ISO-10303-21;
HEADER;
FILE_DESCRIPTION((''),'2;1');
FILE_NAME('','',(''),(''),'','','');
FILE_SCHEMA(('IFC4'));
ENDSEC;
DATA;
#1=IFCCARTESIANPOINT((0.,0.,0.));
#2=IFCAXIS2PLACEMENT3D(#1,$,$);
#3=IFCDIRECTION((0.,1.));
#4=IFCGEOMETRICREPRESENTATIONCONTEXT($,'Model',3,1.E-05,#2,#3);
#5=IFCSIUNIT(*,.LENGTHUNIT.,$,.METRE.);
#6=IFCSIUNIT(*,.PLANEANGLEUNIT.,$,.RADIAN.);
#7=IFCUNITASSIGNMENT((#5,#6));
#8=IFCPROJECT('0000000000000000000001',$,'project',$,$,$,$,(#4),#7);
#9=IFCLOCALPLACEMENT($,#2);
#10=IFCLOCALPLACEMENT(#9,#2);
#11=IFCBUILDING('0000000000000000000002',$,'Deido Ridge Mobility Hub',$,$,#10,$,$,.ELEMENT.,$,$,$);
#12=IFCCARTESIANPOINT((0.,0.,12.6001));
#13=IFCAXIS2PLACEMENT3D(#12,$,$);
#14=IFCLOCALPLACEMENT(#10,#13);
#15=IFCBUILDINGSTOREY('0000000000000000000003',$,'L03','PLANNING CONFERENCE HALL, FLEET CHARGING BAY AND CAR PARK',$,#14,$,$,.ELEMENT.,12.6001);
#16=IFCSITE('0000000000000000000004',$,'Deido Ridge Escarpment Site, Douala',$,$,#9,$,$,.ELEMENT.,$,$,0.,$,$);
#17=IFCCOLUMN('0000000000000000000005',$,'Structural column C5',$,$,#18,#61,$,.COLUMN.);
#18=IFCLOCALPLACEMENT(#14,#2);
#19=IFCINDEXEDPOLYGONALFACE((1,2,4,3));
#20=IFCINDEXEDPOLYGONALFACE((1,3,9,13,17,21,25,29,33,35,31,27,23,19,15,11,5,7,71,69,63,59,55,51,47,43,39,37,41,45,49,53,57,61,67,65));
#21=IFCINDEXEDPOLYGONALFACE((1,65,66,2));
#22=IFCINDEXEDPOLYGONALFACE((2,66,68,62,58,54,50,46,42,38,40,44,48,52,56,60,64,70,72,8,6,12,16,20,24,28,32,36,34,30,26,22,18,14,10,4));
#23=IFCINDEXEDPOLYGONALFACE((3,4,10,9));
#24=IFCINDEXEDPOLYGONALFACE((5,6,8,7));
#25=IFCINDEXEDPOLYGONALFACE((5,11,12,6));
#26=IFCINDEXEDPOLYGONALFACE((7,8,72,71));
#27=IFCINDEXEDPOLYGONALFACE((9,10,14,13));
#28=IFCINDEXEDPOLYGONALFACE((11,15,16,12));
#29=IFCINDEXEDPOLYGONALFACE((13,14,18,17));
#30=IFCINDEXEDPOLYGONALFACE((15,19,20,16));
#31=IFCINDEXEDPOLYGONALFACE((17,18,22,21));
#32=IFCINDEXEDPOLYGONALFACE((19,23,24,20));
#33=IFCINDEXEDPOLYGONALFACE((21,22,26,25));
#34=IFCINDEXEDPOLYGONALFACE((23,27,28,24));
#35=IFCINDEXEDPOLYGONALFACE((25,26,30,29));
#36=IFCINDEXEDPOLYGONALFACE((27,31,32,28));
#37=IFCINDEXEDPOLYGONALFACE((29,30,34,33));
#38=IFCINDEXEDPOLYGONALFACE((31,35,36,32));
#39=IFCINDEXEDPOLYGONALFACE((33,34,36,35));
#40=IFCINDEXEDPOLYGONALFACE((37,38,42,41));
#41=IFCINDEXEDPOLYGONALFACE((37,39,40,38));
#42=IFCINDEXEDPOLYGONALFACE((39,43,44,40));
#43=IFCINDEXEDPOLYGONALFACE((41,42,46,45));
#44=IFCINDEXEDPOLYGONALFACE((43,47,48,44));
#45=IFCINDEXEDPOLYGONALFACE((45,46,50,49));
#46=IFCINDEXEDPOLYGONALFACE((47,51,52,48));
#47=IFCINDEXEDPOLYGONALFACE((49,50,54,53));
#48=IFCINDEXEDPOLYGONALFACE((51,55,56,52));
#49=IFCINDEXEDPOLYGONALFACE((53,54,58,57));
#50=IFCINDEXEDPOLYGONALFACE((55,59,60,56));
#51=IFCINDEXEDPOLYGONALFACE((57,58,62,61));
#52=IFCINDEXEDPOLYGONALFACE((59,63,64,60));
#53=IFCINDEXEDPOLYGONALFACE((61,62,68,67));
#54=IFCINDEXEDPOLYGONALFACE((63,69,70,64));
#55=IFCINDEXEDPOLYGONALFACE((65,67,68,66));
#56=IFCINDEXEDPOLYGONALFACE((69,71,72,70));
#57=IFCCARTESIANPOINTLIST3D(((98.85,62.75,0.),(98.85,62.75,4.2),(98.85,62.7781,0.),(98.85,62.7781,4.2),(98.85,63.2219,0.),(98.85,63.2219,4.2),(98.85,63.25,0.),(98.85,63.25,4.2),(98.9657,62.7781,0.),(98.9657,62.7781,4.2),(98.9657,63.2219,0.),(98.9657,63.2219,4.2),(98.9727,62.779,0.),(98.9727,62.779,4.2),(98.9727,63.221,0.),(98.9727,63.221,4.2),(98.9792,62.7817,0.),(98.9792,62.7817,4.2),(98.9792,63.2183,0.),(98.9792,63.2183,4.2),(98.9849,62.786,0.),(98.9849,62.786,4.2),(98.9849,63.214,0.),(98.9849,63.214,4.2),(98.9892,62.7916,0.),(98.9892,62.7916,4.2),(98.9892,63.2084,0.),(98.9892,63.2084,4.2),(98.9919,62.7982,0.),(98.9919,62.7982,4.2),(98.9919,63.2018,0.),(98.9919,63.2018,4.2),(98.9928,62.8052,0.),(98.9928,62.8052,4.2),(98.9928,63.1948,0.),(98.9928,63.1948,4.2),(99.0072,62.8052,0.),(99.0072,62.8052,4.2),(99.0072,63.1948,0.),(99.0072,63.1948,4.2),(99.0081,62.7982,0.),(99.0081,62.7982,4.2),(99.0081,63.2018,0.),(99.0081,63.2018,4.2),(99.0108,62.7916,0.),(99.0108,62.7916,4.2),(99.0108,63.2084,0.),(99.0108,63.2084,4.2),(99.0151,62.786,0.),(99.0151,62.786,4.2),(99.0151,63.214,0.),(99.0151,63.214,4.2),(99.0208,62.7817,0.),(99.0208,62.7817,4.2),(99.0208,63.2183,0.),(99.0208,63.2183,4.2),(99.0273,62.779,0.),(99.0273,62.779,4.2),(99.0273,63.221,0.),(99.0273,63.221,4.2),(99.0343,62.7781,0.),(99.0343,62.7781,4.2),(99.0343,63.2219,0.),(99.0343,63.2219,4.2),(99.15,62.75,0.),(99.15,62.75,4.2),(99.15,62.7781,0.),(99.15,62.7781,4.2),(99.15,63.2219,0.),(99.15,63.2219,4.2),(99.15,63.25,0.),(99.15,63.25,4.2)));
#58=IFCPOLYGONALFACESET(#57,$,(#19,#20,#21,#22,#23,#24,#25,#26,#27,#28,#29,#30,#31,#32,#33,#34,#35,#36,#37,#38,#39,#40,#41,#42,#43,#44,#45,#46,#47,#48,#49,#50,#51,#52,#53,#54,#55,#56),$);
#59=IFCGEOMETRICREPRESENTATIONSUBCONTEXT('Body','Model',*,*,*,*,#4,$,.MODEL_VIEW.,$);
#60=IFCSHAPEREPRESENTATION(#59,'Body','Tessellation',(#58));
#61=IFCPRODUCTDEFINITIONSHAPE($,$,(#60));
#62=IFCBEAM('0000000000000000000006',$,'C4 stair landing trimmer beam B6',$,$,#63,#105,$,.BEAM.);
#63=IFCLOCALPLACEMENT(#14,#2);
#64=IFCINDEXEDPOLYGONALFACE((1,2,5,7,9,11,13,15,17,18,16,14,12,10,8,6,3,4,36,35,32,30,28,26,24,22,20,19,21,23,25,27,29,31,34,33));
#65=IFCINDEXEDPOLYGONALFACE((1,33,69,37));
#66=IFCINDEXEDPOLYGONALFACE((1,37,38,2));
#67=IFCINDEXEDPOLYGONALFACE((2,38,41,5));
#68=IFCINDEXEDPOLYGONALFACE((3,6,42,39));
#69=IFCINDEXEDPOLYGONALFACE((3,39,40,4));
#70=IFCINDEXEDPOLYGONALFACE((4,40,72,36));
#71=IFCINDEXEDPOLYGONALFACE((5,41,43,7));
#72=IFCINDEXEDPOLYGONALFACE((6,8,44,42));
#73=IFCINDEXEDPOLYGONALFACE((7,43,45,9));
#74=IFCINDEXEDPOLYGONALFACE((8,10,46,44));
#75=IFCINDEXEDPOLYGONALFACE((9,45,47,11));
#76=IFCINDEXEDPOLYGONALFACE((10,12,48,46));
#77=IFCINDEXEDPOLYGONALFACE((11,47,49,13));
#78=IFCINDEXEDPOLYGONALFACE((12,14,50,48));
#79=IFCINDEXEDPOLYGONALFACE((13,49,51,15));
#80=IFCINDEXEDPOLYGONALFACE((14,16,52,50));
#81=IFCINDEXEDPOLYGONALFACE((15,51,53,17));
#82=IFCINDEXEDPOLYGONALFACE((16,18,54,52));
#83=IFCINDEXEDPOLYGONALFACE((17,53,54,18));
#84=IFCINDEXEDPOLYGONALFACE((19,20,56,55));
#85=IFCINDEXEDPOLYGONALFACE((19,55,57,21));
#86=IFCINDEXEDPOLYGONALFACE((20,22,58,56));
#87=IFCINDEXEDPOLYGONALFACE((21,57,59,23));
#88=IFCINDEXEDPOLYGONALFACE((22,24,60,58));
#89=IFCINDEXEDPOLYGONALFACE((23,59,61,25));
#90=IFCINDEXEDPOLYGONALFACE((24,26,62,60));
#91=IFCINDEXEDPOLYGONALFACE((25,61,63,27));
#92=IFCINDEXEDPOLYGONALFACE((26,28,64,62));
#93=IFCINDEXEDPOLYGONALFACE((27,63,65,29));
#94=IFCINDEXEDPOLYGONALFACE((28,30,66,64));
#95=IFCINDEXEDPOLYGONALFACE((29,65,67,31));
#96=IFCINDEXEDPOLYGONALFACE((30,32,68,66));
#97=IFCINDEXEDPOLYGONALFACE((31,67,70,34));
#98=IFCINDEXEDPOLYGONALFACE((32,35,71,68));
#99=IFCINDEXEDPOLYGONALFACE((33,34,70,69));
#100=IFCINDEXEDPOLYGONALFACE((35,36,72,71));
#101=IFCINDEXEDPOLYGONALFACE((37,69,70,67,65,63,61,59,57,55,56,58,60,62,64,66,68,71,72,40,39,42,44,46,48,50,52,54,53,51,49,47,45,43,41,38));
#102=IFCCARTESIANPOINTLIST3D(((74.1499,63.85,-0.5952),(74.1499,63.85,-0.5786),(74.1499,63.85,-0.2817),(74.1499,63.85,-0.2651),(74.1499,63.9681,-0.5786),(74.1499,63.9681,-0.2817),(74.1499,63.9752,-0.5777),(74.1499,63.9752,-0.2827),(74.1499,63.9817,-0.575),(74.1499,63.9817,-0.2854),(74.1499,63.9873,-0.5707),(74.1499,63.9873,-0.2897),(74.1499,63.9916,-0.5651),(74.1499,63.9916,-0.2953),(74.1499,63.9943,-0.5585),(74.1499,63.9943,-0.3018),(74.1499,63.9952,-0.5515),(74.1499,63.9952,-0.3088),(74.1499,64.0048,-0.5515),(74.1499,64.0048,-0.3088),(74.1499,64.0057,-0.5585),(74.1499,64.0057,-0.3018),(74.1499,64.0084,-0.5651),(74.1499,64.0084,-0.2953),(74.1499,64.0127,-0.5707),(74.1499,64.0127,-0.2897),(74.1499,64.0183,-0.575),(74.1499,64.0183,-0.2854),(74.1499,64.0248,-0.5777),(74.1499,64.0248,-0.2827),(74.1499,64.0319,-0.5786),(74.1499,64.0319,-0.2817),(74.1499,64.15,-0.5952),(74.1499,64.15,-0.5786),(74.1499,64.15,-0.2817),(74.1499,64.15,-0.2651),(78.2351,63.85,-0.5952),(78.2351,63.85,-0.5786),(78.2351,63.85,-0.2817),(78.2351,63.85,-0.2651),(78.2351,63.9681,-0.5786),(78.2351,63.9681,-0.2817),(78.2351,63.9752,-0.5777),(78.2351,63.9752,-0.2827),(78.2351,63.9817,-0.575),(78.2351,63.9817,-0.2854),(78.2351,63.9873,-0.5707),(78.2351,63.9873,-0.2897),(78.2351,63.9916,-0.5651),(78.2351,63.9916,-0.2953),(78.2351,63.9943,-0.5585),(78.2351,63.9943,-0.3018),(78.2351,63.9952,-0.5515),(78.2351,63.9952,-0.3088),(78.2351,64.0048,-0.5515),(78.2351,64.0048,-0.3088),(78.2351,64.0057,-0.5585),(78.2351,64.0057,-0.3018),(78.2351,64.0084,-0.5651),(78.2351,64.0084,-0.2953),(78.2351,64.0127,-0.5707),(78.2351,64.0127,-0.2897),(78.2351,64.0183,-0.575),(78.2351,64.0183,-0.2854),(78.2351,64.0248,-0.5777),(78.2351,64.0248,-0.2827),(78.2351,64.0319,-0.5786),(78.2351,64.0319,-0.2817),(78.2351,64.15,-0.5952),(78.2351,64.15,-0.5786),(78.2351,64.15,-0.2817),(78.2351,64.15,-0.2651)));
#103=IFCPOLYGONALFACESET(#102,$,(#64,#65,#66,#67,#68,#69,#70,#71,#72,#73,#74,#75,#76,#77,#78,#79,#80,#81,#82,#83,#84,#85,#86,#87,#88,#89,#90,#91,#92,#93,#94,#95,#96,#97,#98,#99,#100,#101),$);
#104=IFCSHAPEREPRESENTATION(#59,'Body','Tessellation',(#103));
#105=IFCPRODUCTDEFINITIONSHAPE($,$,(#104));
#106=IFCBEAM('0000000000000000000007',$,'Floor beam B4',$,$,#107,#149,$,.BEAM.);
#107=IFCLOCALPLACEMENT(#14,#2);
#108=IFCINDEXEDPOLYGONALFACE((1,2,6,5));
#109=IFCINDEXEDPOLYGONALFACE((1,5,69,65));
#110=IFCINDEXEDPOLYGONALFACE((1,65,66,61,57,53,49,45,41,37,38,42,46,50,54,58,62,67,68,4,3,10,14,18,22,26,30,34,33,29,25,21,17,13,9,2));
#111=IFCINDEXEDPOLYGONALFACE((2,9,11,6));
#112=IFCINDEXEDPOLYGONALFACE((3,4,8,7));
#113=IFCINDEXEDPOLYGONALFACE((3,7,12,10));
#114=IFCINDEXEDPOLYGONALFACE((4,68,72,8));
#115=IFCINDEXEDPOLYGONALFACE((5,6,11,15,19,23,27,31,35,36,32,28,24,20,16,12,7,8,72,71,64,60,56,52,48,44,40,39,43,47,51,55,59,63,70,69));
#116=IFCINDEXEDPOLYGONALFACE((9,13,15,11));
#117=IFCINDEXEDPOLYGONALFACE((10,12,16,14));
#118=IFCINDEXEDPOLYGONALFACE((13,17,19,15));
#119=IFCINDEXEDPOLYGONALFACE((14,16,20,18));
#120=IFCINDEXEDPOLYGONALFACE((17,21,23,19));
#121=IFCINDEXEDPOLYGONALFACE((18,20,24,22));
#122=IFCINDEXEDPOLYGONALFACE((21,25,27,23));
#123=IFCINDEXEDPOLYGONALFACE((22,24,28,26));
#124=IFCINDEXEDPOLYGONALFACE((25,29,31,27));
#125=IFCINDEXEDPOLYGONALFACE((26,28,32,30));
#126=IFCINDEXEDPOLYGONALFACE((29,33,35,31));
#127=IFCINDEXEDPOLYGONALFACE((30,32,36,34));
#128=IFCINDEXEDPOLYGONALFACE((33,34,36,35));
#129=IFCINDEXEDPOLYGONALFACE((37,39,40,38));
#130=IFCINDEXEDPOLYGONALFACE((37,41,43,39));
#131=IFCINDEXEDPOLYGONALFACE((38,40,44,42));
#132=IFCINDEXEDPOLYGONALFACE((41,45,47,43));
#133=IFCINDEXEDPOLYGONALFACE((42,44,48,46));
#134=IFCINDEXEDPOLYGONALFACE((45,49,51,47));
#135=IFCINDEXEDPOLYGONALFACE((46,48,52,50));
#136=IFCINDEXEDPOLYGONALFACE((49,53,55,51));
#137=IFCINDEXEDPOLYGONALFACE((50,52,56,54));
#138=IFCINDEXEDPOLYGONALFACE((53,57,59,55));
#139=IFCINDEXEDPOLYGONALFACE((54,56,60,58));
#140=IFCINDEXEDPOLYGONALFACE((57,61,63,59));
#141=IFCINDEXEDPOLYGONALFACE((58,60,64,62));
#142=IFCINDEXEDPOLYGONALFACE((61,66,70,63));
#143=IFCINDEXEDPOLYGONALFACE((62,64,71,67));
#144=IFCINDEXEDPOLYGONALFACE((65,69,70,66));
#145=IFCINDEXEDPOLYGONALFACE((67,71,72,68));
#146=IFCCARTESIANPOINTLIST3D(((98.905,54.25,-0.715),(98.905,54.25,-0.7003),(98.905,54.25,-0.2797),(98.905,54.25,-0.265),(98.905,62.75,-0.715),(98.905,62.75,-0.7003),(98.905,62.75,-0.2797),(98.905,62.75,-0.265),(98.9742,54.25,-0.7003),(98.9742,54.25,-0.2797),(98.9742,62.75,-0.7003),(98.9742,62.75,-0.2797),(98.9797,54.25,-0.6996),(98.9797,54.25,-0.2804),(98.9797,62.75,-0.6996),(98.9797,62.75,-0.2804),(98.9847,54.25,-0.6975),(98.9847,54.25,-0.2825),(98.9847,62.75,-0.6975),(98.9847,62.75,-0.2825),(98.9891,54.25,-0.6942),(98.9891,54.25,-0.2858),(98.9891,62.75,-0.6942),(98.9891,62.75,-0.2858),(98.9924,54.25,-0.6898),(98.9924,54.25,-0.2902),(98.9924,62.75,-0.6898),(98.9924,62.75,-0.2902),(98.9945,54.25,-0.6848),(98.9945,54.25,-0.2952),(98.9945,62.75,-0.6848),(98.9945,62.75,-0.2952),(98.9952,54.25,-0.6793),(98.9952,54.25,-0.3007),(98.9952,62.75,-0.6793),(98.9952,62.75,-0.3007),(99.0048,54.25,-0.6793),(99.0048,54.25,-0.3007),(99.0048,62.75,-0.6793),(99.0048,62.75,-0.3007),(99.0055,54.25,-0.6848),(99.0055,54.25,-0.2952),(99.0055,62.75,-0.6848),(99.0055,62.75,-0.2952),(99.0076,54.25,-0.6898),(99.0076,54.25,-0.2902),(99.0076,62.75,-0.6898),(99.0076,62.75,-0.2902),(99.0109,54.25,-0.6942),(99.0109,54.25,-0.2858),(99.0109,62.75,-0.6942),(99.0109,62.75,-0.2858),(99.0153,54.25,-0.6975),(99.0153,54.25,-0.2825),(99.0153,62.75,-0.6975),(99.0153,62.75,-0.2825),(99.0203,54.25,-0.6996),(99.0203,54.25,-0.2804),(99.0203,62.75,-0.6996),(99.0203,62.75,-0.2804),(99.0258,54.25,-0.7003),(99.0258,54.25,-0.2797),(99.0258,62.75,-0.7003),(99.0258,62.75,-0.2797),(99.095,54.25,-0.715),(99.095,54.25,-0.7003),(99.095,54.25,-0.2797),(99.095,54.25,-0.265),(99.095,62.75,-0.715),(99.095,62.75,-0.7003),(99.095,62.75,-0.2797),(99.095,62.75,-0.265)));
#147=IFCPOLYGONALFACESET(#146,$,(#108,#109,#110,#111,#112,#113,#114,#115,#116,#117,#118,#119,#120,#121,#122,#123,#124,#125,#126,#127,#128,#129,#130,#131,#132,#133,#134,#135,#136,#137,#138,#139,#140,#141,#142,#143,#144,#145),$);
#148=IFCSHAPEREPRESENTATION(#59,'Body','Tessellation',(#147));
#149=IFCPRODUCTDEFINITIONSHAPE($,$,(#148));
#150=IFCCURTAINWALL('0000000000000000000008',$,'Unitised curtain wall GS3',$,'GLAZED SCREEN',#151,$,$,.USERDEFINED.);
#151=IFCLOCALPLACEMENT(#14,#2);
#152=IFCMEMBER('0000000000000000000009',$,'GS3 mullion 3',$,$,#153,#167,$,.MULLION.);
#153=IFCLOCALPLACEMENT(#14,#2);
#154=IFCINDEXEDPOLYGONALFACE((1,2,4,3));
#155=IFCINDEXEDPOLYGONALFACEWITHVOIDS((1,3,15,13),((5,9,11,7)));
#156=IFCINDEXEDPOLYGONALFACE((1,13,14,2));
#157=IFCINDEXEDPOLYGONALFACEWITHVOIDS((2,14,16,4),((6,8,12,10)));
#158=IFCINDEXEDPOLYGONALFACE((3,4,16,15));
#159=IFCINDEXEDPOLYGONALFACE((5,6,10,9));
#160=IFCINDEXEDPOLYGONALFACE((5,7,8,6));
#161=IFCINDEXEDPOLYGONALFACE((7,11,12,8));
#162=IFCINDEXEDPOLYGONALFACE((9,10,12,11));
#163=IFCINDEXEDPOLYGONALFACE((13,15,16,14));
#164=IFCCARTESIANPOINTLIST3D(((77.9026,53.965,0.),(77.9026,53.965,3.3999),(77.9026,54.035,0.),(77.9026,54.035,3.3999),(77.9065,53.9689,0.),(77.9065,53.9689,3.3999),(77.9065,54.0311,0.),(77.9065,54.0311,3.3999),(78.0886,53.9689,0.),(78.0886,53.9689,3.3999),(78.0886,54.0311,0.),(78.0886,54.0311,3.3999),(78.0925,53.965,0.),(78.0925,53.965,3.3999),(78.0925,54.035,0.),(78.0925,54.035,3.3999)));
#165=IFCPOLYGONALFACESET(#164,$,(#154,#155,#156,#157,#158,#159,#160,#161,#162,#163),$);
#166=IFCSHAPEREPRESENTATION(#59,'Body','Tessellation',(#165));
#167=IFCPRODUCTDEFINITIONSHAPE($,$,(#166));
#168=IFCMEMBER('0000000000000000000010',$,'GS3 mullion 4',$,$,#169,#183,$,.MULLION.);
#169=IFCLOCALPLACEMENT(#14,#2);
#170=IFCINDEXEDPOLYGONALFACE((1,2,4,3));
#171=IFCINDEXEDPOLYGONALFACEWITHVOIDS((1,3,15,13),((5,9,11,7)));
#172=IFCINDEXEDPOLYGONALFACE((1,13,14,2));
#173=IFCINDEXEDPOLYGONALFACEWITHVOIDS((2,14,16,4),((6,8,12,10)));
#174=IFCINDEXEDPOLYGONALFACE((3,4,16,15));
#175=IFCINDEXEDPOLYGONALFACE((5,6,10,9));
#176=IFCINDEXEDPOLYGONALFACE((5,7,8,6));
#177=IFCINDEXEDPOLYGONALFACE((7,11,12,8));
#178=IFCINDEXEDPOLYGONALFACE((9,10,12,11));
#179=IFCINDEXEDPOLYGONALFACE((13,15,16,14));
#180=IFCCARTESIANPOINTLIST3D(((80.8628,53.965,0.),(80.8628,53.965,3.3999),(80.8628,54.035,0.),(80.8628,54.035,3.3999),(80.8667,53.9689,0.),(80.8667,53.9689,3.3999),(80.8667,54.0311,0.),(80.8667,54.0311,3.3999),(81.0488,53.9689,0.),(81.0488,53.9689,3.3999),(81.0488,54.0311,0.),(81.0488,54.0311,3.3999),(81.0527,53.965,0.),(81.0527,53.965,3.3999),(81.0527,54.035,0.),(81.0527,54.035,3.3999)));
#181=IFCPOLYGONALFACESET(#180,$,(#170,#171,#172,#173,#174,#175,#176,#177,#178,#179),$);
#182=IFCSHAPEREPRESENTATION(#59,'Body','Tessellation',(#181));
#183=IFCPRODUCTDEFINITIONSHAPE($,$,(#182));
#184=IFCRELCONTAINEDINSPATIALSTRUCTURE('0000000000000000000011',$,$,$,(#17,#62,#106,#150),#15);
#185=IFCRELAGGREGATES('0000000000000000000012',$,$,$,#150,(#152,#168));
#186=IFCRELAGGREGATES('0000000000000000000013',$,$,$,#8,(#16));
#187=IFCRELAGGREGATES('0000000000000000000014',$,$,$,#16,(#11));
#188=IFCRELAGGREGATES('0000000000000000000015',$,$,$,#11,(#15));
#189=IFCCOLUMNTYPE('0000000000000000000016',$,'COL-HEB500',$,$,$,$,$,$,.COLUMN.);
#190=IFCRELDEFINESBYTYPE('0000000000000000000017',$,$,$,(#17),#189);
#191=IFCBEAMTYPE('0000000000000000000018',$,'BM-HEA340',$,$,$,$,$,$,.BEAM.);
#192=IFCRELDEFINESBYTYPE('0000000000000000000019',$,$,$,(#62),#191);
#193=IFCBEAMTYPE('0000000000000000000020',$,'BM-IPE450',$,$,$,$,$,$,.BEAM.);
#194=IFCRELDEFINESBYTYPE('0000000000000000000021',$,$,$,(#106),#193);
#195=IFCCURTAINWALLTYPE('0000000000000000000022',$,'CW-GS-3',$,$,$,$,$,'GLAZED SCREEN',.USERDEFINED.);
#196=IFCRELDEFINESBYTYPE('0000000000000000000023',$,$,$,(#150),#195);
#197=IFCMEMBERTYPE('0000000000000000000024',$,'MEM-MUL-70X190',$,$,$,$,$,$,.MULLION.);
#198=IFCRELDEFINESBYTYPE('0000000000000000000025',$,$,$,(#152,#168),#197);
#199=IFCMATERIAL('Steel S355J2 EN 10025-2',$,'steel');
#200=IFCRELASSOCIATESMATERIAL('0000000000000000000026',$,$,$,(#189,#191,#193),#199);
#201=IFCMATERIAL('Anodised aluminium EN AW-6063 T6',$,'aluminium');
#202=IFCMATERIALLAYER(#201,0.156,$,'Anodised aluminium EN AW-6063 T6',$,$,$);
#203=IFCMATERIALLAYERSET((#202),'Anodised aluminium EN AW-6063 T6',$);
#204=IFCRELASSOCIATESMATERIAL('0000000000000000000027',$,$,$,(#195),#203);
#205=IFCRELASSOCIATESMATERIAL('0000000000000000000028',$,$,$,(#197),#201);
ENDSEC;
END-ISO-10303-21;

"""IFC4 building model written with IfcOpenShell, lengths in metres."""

from ifc_helpers import new_model, si_unit, direction, frame, origin, origin_2d, place, context, subcontext, project, spatial, hollow_rectangle, i_section, extrude, material, layer, layer_set, material_profile, profile_set, type_object, element, aggregate, save


model = new_model("IFC4")

# Units and contexts
model_context = context("Model", 3, precision=1e-05, world=origin(), true_north=direction((0.0, 1.0)))
body_context = subcontext(model_context, "Body", "Model", "MODEL_VIEW")
ifc_project = project(units=[si_unit("LENGTHUNIT", "METRE"), si_unit("PLANEANGLEUNIT", "RADIAN")], contexts=[model_context])

# Site, building, storey
site_placement = place(None, origin())
site = spatial("IfcSite", under=ifc_project, at=site_placement, Name="Deido Ridge Escarpment Site, Douala", CompositionType="ELEMENT", RefElevation=0.0)
building_placement = place(site_placement, origin())
building = spatial("IfcBuilding", under=site, at=building_placement, Name="Deido Ridge Mobility Hub", CompositionType="ELEMENT")
storey_placement = place(building_placement, frame((0.0, 0.0, 12.6001)))
storey = spatial("IfcBuildingStorey", under=building, at=storey_placement, Name="L03", Description="PLANNING CONFERENCE HALL, FLEET CHARGING BAY AND CAR PARK", CompositionType="ELEMENT", Elevation=12.6001)

# Column
ifc_material_1 = material(Name="Steel S355J2 EN 10025-2", Category="steel")
ifc_material_profile_1 = material_profile(ifc_material_1, i_section(OverallWidth=0.3, OverallDepth=0.5, WebThickness=0.0144, FlangeThickness=0.0281, FilletRadius=0.0271, at=origin_2d()), Name="HEB 500")
ifc_profile_set_1 = profile_set([ifc_material_profile_1], Name="Steel S355J2 EN 10025-2")
column_type_1 = type_object("IfcColumnType", Name="COL-HEB500", PredefinedType="COLUMN", material=ifc_profile_set_1)
for number, where, z_axis, x_axis, name in (
    (1, (99.0, 63.0, 0.0), (0.0, 0.0, 1.0), (1.0, 0.0, 0.0), "Structural column C5"),
):
    element("IfcColumn", number, at=place(storey_placement, frame(where, z_axis=z_axis, x_axis=x_axis)), inside=storey, type_object=column_type_1, Name=name, PredefinedType="COLUMN", context=body_context, shape_type="SweptSolid", body=[
        extrude(i_section(OverallWidth=0.3, OverallDepth=0.5, WebThickness=0.0144, FlangeThickness=0.0281, FilletRadius=0.0271, at=origin_2d()), origin(), (0.0, 0.0, 1.0), 4.2),
    ])

# Beams
ifc_material_profile_2 = material_profile(ifc_material_1, i_section(OverallWidth=0.3, OverallDepth=0.3301, WebThickness=0.0095, FlangeThickness=0.0166, FilletRadius=0.0271, at=origin_2d()), Name="HEA 340")
ifc_profile_set_2 = profile_set([ifc_material_profile_2], Name="Steel S355J2 EN 10025-2")
beam_type_1 = type_object("IfcBeamType", Name="BM-HEA340", PredefinedType="BEAM", material=ifc_profile_set_2)
beam_1_placement = place(storey_placement, frame((74.1499, 64.0, -0.4302), z_axis=(1.0, 0.0, 0.0), x_axis=(0.0, 1.0, 0.0)))
element("IfcBeam", 2, at=beam_1_placement, inside=storey, type_object=beam_type_1, Name="C4 stair landing trimmer beam B6", PredefinedType="BEAM", context=body_context, shape_type="SweptSolid", body=[
    extrude(i_section(OverallWidth=0.3, OverallDepth=0.3301, WebThickness=0.0095, FlangeThickness=0.0166, FilletRadius=0.0271, at=origin_2d()), origin(), (0.0, 0.0, 1.0), 4.0852),
])
ifc_material_profile_3 = material_profile(ifc_material_1, i_section(OverallWidth=0.1899, OverallDepth=0.45, WebThickness=0.0095, FlangeThickness=0.0146, FilletRadius=0.021, at=origin_2d()), Name="IPE 450")
ifc_profile_set_3 = profile_set([ifc_material_profile_3], Name="Steel S355J2 EN 10025-2")
beam_type_2 = type_object("IfcBeamType", Name="BM-IPE450", PredefinedType="BEAM", material=ifc_profile_set_3)
beam_2_placement = place(storey_placement, frame((99.0, 54.25, -0.49), z_axis=(0.0, 1.0, 0.0), x_axis=(-1.0, 0.0, 0.0)))
element("IfcBeam", 3, at=beam_2_placement, inside=storey, type_object=beam_type_2, Name="Floor beam B4", PredefinedType="BEAM", context=body_context, shape_type="SweptSolid", body=[
    extrude(i_section(OverallWidth=0.1899, OverallDepth=0.45, WebThickness=0.0095, FlangeThickness=0.0146, FilletRadius=0.021, at=origin_2d()), origin(), (0.0, 0.0, 1.0), 8.5),
])

# Curtain wall, members
ifc_material_2 = material(Name="Anodised aluminium EN AW-6063 T6", Category="aluminium")
ifc_layer_1 = layer(ifc_material_2, 0.156, Name="Anodised aluminium EN AW-6063 T6")
ifc_layer_set_1 = layer_set([ifc_layer_1], Name="Anodised aluminium EN AW-6063 T6")
curtain_wall_type = type_object("IfcCurtainWallType", Name="CW-GS-3", ElementType="GLAZED SCREEN", PredefinedType="USERDEFINED", material=ifc_layer_set_1)
curtain_wall_placement = place(storey_placement, origin())
curtain_wall = element("IfcCurtainWall", 4, at=curtain_wall_placement, inside=storey, type_object=curtain_wall_type, Name="Unitised curtain wall GS3", ObjectType="GLAZED SCREEN", PredefinedType="USERDEFINED")
ifc_material_profile_4 = material_profile(ifc_material_2, hollow_rectangle(XDim=0.0701, YDim=0.1899, WallThickness=0.0039, at=origin_2d()), Name="RHS 70x190x4")
ifc_profile_set_4 = profile_set([ifc_material_profile_4], Name="Anodised aluminium EN AW-6063 T6")
member_type_1 = type_object("IfcMemberType", Name="MEM-MUL-70X190", PredefinedType="MULLION", material=ifc_profile_set_4)
member_1_placement = place(storey_placement, frame((77.9976, 54.0, 0.0), z_axis=(0.0, 0.0, 1.0), x_axis=(0.0, 1.0, 0.0)))
member_1 = element("IfcMember", 5, at=member_1_placement, type_object=member_type_1, Name="GS3 mullion 3", PredefinedType="MULLION", context=body_context, shape_type="SweptSolid", body=[
    extrude(hollow_rectangle(XDim=0.0701, YDim=0.1899, WallThickness=0.0039, at=origin_2d()), origin(), (0.0, 0.0, 1.0), 3.3999),
])
member_2_placement = place(storey_placement, frame((80.9578, 54.0, 0.0), z_axis=(0.0, 0.0, 1.0), x_axis=(0.0, 1.0, 0.0)))
member_2 = element("IfcMember", 6, at=member_2_placement, type_object=member_type_1, Name="GS3 mullion 4", PredefinedType="MULLION", context=body_context, shape_type="SweptSolid", body=[
    extrude(hollow_rectangle(XDim=0.0701, YDim=0.1899, WallThickness=0.0039, at=origin_2d()), origin(), (0.0, 0.0, 1.0), 3.3999),
])
aggregate(curtain_wall, [member_1, member_2])

save(model, "model.ifc")
